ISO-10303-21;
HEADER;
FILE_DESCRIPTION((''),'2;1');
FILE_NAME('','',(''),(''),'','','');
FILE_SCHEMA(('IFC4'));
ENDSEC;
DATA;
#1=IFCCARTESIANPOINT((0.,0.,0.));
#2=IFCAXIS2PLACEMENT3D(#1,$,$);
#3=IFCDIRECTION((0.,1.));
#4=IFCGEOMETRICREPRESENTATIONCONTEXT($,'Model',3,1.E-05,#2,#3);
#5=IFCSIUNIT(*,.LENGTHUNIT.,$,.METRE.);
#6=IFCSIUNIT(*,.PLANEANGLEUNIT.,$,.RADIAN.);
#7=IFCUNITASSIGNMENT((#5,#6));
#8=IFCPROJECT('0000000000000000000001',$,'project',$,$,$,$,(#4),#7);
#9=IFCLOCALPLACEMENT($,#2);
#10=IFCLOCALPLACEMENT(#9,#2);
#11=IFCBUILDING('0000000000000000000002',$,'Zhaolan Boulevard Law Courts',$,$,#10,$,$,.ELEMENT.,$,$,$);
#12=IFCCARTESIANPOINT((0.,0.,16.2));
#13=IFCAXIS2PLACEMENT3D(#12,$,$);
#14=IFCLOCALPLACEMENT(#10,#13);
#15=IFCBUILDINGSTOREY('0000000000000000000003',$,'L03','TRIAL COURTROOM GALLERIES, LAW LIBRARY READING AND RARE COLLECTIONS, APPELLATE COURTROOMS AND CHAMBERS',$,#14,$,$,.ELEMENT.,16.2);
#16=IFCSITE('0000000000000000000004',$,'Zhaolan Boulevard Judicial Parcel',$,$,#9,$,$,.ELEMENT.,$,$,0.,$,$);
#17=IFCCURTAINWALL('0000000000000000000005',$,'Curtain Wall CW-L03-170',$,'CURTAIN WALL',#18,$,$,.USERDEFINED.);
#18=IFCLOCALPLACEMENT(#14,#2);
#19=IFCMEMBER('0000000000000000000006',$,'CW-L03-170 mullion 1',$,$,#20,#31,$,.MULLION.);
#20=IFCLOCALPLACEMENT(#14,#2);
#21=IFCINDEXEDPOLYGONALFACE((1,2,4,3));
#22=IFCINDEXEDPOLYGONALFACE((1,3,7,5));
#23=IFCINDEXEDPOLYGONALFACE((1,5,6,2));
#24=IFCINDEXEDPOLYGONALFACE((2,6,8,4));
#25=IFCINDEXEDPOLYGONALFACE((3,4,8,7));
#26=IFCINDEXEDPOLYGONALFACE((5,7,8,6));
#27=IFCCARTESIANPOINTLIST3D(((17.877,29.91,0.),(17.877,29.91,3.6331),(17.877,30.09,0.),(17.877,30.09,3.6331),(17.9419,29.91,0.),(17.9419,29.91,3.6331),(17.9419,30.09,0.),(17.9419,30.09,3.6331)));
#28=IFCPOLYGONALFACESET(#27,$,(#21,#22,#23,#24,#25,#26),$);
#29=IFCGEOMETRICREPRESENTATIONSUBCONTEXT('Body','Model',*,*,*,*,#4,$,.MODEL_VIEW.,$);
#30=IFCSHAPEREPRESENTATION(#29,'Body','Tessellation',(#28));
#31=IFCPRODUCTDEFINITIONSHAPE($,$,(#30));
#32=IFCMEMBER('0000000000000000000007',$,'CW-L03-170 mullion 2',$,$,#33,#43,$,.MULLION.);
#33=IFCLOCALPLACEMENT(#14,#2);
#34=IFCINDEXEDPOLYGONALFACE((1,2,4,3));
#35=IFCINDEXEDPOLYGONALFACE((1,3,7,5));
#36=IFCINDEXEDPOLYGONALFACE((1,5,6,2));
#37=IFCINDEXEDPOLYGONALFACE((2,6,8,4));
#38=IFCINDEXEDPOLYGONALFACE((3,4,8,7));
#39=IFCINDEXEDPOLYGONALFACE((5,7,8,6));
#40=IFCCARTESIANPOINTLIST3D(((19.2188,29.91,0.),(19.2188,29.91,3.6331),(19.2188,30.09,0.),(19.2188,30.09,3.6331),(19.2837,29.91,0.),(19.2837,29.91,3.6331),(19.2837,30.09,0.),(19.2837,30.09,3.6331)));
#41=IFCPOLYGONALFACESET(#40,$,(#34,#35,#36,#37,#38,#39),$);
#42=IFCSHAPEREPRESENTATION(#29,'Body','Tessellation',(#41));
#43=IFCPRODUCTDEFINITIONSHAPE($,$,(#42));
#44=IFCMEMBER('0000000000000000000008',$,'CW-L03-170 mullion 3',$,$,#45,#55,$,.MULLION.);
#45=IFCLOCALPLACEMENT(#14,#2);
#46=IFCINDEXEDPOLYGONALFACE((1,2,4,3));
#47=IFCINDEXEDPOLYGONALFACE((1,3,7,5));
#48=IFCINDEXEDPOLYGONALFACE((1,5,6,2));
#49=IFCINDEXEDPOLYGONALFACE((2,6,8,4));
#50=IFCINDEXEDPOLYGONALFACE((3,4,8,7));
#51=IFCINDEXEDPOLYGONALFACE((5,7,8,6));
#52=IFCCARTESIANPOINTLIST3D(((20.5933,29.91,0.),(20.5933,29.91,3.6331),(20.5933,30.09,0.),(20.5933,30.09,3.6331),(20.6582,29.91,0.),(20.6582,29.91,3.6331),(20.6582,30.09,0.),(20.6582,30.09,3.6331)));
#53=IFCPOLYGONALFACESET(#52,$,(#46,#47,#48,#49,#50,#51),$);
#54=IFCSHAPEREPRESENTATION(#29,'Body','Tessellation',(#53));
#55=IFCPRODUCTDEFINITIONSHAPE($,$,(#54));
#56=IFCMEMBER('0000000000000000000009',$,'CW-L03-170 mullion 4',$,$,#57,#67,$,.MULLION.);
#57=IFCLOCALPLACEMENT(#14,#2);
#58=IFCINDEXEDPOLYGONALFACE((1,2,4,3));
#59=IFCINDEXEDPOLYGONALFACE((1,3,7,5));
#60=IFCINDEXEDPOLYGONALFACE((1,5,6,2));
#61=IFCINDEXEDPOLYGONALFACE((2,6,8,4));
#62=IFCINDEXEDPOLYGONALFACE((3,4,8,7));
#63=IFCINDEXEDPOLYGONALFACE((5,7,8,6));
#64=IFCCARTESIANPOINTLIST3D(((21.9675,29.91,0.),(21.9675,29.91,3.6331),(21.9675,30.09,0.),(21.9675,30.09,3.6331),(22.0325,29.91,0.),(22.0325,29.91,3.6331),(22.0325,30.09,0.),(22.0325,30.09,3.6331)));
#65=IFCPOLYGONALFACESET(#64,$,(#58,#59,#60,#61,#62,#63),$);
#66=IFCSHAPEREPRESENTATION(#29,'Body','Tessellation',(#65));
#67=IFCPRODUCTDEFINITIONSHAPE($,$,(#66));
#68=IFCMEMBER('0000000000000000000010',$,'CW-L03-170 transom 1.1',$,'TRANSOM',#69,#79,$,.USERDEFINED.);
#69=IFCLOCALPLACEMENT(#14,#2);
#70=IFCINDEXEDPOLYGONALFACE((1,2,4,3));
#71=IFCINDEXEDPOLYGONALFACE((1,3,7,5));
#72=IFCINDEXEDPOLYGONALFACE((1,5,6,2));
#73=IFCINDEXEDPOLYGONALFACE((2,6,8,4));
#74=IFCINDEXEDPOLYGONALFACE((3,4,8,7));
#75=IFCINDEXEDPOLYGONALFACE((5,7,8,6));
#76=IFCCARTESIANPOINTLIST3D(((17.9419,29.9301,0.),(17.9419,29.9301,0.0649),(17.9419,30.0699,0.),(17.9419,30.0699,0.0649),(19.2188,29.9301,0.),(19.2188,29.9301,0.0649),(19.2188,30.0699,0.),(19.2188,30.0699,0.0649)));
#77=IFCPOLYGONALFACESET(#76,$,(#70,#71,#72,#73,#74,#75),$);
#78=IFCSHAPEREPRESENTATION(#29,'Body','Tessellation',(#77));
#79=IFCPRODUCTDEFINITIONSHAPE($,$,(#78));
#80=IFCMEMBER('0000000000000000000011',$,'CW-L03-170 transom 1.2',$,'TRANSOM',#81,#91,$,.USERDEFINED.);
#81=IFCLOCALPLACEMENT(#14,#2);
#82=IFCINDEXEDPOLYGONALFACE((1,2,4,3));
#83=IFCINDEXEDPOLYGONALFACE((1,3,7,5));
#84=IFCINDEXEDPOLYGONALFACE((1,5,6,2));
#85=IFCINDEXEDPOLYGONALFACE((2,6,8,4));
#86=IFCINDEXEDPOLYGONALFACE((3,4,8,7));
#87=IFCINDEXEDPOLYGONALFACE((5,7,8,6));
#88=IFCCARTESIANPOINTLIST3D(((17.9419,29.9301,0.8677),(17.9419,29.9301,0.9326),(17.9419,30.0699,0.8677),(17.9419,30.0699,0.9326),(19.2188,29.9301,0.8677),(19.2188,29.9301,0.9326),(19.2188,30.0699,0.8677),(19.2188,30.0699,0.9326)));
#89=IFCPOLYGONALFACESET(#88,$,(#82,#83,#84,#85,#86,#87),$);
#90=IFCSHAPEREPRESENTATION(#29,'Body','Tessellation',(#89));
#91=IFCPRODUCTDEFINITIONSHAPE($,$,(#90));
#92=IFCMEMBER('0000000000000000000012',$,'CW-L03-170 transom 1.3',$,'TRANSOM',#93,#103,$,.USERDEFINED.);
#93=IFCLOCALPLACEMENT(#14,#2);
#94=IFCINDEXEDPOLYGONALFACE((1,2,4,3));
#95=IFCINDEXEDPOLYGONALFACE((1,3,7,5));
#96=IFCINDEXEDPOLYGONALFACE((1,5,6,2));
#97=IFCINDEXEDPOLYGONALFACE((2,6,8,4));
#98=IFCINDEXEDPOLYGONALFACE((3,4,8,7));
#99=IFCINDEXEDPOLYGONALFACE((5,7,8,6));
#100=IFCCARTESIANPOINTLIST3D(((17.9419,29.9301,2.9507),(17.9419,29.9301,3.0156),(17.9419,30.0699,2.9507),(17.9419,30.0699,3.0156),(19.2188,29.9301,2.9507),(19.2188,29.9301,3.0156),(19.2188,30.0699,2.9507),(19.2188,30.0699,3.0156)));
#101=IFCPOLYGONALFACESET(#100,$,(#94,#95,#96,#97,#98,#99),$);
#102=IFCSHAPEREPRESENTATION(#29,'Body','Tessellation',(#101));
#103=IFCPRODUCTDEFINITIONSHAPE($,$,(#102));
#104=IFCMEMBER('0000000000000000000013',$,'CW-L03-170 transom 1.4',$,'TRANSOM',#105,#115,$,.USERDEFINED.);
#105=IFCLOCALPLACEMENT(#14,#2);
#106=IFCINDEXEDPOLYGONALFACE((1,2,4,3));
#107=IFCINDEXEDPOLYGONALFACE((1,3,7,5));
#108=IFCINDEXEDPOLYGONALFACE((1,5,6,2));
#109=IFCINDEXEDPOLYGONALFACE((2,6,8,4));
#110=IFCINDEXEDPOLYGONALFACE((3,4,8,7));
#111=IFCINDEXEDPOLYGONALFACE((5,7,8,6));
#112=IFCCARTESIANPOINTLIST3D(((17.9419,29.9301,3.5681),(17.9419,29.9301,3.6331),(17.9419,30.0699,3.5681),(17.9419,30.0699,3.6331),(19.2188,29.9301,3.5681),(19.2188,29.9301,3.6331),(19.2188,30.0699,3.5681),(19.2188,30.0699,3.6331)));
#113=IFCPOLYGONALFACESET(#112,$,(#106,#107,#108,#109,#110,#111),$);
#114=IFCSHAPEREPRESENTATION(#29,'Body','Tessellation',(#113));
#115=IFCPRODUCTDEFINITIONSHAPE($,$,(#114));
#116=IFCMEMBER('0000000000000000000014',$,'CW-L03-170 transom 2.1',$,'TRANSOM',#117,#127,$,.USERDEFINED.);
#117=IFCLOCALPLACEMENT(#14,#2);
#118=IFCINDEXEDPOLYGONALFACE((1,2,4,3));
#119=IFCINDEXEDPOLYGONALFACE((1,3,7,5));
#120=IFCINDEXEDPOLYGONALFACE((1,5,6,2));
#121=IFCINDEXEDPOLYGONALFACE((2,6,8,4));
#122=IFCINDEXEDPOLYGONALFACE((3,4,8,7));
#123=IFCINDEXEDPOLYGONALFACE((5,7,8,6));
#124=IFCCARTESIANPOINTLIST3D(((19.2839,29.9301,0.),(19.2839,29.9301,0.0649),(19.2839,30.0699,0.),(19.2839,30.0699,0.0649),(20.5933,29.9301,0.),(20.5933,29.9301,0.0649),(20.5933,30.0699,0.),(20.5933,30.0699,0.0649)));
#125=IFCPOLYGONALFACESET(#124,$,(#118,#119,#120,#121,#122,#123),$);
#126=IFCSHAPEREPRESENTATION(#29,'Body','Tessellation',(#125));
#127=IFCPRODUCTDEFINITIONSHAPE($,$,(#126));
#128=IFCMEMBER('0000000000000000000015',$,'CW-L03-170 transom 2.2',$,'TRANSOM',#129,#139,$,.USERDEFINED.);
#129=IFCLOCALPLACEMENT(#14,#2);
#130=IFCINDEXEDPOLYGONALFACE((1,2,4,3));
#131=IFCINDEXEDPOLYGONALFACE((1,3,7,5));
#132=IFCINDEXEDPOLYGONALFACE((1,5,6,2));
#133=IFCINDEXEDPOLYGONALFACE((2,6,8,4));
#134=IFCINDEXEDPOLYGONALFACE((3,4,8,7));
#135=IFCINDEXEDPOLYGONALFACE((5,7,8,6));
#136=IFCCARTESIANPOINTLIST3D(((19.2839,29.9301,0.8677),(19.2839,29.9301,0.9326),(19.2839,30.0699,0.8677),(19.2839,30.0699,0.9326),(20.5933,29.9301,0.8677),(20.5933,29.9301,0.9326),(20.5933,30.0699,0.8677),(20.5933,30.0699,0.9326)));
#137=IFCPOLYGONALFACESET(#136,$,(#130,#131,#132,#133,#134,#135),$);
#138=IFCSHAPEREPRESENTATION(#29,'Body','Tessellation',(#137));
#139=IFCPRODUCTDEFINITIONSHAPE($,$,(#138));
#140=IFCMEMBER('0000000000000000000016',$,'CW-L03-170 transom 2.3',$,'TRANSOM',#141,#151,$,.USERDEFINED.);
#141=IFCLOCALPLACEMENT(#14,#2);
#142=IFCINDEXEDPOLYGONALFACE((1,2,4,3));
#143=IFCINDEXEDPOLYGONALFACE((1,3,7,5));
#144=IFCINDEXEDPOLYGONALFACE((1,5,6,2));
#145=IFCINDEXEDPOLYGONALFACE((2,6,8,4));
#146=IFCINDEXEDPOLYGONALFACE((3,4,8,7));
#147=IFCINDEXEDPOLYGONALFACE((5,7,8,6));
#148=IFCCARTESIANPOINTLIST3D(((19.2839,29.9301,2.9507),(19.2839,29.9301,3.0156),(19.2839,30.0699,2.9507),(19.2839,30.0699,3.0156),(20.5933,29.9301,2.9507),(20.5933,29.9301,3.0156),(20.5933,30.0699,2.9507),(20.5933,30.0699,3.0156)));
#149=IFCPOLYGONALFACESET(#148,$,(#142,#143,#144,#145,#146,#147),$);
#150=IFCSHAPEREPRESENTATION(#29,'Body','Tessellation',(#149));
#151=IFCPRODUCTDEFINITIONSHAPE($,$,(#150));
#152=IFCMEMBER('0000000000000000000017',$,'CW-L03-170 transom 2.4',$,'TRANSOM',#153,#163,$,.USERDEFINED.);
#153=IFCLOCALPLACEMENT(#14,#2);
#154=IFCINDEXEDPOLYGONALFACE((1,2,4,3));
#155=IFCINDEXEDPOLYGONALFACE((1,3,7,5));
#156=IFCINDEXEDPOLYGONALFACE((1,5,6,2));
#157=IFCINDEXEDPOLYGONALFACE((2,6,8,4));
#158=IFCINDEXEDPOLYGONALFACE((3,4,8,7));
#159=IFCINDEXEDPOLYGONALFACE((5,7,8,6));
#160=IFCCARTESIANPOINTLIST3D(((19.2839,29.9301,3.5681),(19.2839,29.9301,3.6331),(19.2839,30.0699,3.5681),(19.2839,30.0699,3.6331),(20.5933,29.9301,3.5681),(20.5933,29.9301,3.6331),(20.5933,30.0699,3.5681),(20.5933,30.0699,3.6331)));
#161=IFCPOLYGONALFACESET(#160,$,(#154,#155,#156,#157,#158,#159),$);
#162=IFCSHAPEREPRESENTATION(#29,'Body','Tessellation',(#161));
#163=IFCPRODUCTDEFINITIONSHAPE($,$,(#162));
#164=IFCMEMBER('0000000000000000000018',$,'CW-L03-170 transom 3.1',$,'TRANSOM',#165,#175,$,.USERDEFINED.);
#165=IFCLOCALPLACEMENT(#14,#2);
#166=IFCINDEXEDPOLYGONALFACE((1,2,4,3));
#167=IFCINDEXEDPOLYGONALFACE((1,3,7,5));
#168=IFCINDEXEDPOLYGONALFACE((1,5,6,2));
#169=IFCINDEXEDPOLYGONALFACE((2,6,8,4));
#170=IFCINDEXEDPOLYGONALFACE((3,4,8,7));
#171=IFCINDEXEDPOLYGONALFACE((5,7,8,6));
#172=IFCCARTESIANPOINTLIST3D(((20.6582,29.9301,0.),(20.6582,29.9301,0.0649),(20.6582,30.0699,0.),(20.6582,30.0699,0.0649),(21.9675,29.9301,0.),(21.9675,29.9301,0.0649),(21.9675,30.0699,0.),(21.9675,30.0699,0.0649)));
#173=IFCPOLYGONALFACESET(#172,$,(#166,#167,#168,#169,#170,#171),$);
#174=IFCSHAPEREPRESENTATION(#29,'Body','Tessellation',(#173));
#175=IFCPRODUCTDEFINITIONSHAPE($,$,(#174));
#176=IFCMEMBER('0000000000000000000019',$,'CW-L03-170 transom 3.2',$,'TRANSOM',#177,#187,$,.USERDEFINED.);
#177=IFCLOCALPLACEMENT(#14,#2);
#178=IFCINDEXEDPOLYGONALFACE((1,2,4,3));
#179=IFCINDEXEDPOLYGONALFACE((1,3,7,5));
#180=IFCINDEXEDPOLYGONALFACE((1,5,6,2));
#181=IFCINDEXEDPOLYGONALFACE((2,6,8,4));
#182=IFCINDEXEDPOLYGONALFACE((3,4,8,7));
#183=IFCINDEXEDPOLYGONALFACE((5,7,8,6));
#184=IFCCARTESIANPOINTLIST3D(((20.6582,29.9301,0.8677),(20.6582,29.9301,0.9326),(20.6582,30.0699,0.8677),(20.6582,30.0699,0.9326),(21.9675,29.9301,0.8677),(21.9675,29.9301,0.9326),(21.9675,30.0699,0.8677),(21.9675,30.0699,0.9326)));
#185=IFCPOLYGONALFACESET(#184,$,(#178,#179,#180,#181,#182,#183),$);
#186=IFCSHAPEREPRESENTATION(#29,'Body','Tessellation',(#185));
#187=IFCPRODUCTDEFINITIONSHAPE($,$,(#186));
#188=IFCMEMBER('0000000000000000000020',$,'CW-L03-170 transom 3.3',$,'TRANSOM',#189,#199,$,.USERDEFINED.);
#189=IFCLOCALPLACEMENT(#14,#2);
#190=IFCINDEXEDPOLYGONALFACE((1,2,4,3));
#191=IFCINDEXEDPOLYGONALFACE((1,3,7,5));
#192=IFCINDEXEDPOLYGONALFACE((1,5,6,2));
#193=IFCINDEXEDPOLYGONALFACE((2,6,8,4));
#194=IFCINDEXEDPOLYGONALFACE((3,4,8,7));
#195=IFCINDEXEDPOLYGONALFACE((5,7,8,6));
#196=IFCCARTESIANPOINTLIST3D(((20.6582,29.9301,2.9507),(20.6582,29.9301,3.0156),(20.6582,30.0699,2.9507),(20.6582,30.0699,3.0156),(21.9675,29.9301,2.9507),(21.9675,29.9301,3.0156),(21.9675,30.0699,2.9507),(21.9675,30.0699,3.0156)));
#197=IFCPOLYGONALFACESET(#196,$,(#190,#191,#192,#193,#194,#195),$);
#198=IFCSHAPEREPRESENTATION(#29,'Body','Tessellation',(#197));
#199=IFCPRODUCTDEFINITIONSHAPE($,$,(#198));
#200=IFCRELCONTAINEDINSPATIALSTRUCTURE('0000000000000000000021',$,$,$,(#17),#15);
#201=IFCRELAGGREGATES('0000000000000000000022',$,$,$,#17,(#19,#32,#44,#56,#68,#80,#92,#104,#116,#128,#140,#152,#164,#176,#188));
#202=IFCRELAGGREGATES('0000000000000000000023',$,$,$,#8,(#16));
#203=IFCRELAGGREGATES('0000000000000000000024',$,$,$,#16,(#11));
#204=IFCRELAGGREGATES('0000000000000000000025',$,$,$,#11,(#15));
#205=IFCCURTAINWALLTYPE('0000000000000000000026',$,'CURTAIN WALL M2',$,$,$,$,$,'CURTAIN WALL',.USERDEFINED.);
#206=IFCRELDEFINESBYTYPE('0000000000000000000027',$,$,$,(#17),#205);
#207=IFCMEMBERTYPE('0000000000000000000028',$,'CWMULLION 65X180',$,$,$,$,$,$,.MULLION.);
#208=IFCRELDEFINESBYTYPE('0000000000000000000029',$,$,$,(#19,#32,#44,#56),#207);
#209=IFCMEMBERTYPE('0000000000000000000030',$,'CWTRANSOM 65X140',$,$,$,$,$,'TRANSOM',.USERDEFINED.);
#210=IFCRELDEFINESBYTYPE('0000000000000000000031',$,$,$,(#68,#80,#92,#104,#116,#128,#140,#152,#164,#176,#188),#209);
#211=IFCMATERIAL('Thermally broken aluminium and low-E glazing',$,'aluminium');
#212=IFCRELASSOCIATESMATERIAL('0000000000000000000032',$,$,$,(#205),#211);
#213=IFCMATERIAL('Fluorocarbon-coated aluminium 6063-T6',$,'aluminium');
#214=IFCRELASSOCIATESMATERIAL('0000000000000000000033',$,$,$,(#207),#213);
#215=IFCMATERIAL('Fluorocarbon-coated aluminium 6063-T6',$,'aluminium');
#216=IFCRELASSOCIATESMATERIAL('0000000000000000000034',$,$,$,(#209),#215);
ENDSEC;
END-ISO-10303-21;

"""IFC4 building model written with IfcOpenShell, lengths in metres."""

from ifc_helpers import new_model, si_unit, direction, frame, origin, origin_2d, place, context, subcontext, project, spatial, rectangle, extrude, material, material_profile, profile_set, type_object, element, aggregate, save


model = new_model("IFC4")

# Units and contexts
model_context = context("Model", 3, precision=1e-05, world=origin(), true_north=direction((0.0, 1.0)))
body_context = subcontext(model_context, "Body", "Model", "MODEL_VIEW")
ifc_project = project(units=[si_unit("LENGTHUNIT", "METRE"), si_unit("PLANEANGLEUNIT", "RADIAN")], contexts=[model_context])

# Site, building, storey
site_placement = place(None, origin())
site = spatial("IfcSite", under=ifc_project, at=site_placement, Name="Zhaolan Boulevard Judicial Parcel", CompositionType="ELEMENT", RefElevation=0.0)
building_placement = place(site_placement, origin())
building = spatial("IfcBuilding", under=site, at=building_placement, Name="Zhaolan Boulevard Law Courts", CompositionType="ELEMENT")
storey_placement = place(building_placement, frame((0.0, 0.0, 16.2)))
storey = spatial("IfcBuildingStorey", under=building, at=storey_placement, Name="L03", Description="TRIAL COURTROOM GALLERIES, LAW LIBRARY READING AND RARE COLLECTIONS, APPELLATE COURTROOMS AND CHAMBERS", CompositionType="ELEMENT", Elevation=16.2)

# Curtain wall, members
ifc_material_1 = material(Name="Thermally broken aluminium and low-E glazing", Category="aluminium")
curtain_wall_type = type_object("IfcCurtainWallType", Name="CURTAIN WALL M2", ElementType="CURTAIN WALL", PredefinedType="USERDEFINED", material=ifc_material_1)
curtain_wall_placement = place(storey_placement, origin())
curtain_wall = element("IfcCurtainWall", 1, at=curtain_wall_placement, inside=storey, type_object=curtain_wall_type, Name="Curtain Wall CW-L03-170", ObjectType="CURTAIN WALL", PredefinedType="USERDEFINED")
ifc_material_2 = material(Name="Fluorocarbon-coated aluminium 6063-T6", Category="aluminium")
ifc_material_profile_1 = material_profile(ifc_material_2, rectangle(XDim=0.1799, YDim=0.0649, at=origin_2d()), Name="AL65x180")
ifc_profile_set_1 = profile_set([ifc_material_profile_1], Name="Fluorocarbon-coated aluminium 6063-T6")
member_type_1 = type_object("IfcMemberType", Name="CWMULLION 65X180", PredefinedType="MULLION", material=ifc_profile_set_1)
member_1_placement = place(storey_placement, frame((17.9094, 30.0, 0.0), z_axis=(0.0, 0.0, 1.0), x_axis=(0.0, 1.0, 0.0)))
member_1 = element("IfcMember", 2, at=member_1_placement, type_object=member_type_1, Name="CW-L03-170 mullion 1", PredefinedType="MULLION", context=body_context, shape_type="SweptSolid", body=[
    extrude(rectangle(XDim=0.1799, YDim=0.0649, at=origin_2d()), origin(), (0.0, 0.0, 1.0), 3.6331),
])
member_2_placement = place(storey_placement, frame((19.2512, 30.0, 0.0), z_axis=(0.0, 0.0, 1.0), x_axis=(0.0, 1.0, 0.0)))
member_2 = element("IfcMember", 3, at=member_2_placement, type_object=member_type_1, Name="CW-L03-170 mullion 2", PredefinedType="MULLION", context=body_context, shape_type="SweptSolid", body=[
    extrude(rectangle(XDim=0.1799, YDim=0.0649, at=origin_2d()), origin(), (0.0, 0.0, 1.0), 3.6331),
])
member_3_placement = place(storey_placement, frame((20.6257, 30.0, 0.0), z_axis=(0.0, 0.0, 1.0), x_axis=(0.0, 1.0, 0.0)))
member_3 = element("IfcMember", 4, at=member_3_placement, type_object=member_type_1, Name="CW-L03-170 mullion 3", PredefinedType="MULLION", context=body_context, shape_type="SweptSolid", body=[
    extrude(rectangle(XDim=0.1799, YDim=0.0649, at=origin_2d()), origin(), (0.0, 0.0, 1.0), 3.6331),
])
member_4_placement = place(storey_placement, frame((22.0, 30.0, 0.0), z_axis=(0.0, 0.0, 1.0), x_axis=(0.0, 1.0, 0.0)))
member_4 = element("IfcMember", 5, at=member_4_placement, type_object=member_type_1, Name="CW-L03-170 mullion 4", PredefinedType="MULLION", context=body_context, shape_type="SweptSolid", body=[
    extrude(rectangle(XDim=0.1799, YDim=0.0649, at=origin_2d()), origin(), (0.0, 0.0, 1.0), 3.6331),
])
ifc_material_3 = material(Name="Fluorocarbon-coated aluminium 6063-T6", Category="aluminium")
ifc_material_profile_2 = material_profile(ifc_material_3, rectangle(XDim=0.1399, YDim=0.0649, at=origin_2d()), Name="AL65x140")
ifc_profile_set_2 = profile_set([ifc_material_profile_2], Name="Fluorocarbon-coated aluminium 6063-T6")
member_type_2 = type_object("IfcMemberType", Name="CWTRANSOM 65X140", ElementType="TRANSOM", PredefinedType="USERDEFINED", material=ifc_profile_set_2)
member_5_placement = place(storey_placement, frame((17.9419, 30.0, 0.0325), z_axis=(1.0, 0.0, 0.0), x_axis=(0.0, 1.0, 0.0)))
member_5 = element("IfcMember", 6, at=member_5_placement, type_object=member_type_2, Name="CW-L03-170 transom 1.1", ObjectType="TRANSOM", PredefinedType="USERDEFINED", context=body_context, shape_type="SweptSolid", body=[
    extrude(rectangle(XDim=0.1399, YDim=0.0649, at=origin_2d()), origin(), (0.0, 0.0, 1.0), 1.2769),
])
member_6_placement = place(storey_placement, frame((17.9419, 30.0, 0.9001), z_axis=(1.0, 0.0, 0.0), x_axis=(0.0, 1.0, 0.0)))
member_6 = element("IfcMember", 7, at=member_6_placement, type_object=member_type_2, Name="CW-L03-170 transom 1.2", ObjectType="TRANSOM", PredefinedType="USERDEFINED", context=body_context, shape_type="SweptSolid", body=[
    extrude(rectangle(XDim=0.1399, YDim=0.0649, at=origin_2d()), origin(), (0.0, 0.0, 1.0), 1.2769),
])
member_7_placement = place(storey_placement, frame((17.9419, 30.0, 2.9832), z_axis=(1.0, 0.0, 0.0), x_axis=(0.0, 1.0, 0.0)))
member_7 = element("IfcMember", 8, at=member_7_placement, type_object=member_type_2, Name="CW-L03-170 transom 1.3", ObjectType="TRANSOM", PredefinedType="USERDEFINED", context=body_context, shape_type="SweptSolid", body=[
    extrude(rectangle(XDim=0.1399, YDim=0.0649, at=origin_2d()), origin(), (0.0, 0.0, 1.0), 1.2769),
])
member_8_placement = place(storey_placement, frame((17.9419, 30.0, 3.6006), z_axis=(1.0, 0.0, 0.0), x_axis=(0.0, 1.0, 0.0)))
member_8 = element("IfcMember", 9, at=member_8_placement, type_object=member_type_2, Name="CW-L03-170 transom 1.4", ObjectType="TRANSOM", PredefinedType="USERDEFINED", context=body_context, shape_type="SweptSolid", body=[
    extrude(rectangle(XDim=0.1399, YDim=0.0649, at=origin_2d()), origin(), (0.0, 0.0, 1.0), 1.2769),
])
member_9_placement = place(storey_placement, frame((19.2839, 30.0, 0.0325), z_axis=(1.0, 0.0, 0.0), x_axis=(0.0, 1.0, 0.0)))
member_9 = element("IfcMember", 10, at=member_9_placement, type_object=member_type_2, Name="CW-L03-170 transom 2.1", ObjectType="TRANSOM", PredefinedType="USERDEFINED", context=body_context, shape_type="SweptSolid", body=[
    extrude(rectangle(XDim=0.1399, YDim=0.0649, at=origin_2d()), origin(), (0.0, 0.0, 1.0), 1.3093),
])
member_10_placement = place(storey_placement, frame((19.2839, 30.0, 0.9001), z_axis=(1.0, 0.0, 0.0), x_axis=(0.0, 1.0, 0.0)))
member_10 = element("IfcMember", 11, at=member_10_placement, type_object=member_type_2, Name="CW-L03-170 transom 2.2", ObjectType="TRANSOM", PredefinedType="USERDEFINED", context=body_context, shape_type="SweptSolid", body=[
    extrude(rectangle(XDim=0.1399, YDim=0.0649, at=origin_2d()), origin(), (0.0, 0.0, 1.0), 1.3093),
])
member_11_placement = place(storey_placement, frame((19.2839, 30.0, 2.9832), z_axis=(1.0, 0.0, 0.0), x_axis=(0.0, 1.0, 0.0)))
member_11 = element("IfcMember", 12, at=member_11_placement, type_object=member_type_2, Name="CW-L03-170 transom 2.3", ObjectType="TRANSOM", PredefinedType="USERDEFINED", context=body_context, shape_type="SweptSolid", body=[
    extrude(rectangle(XDim=0.1399, YDim=0.0649, at=origin_2d()), origin(), (0.0, 0.0, 1.0), 1.3093),
])
member_12_placement = place(storey_placement, frame((19.2839, 30.0, 3.6006), z_axis=(1.0, 0.0, 0.0), x_axis=(0.0, 1.0, 0.0)))
member_12 = element("IfcMember", 13, at=member_12_placement, type_object=member_type_2, Name="CW-L03-170 transom 2.4", ObjectType="TRANSOM", PredefinedType="USERDEFINED", context=body_context, shape_type="SweptSolid", body=[
    extrude(rectangle(XDim=0.1399, YDim=0.0649, at=origin_2d()), origin(), (0.0, 0.0, 1.0), 1.3093),
])
member_13_placement = place(storey_placement, frame((20.6582, 30.0, 0.0325), z_axis=(1.0, 0.0, 0.0), x_axis=(0.0, 1.0, 0.0)))
member_13 = element("IfcMember", 14, at=member_13_placement, type_object=member_type_2, Name="CW-L03-170 transom 3.1", ObjectType="TRANSOM", PredefinedType="USERDEFINED", context=body_context, shape_type="SweptSolid", body=[
    extrude(rectangle(XDim=0.1399, YDim=0.0649, at=origin_2d()), origin(), (0.0, 0.0, 1.0), 1.3093),
])
member_14_placement = place(storey_placement, frame((20.6582, 30.0, 0.9001), z_axis=(1.0, 0.0, 0.0), x_axis=(0.0, 1.0, 0.0)))
member_14 = element("IfcMember", 15, at=member_14_placement, type_object=member_type_2, Name="CW-L03-170 transom 3.2", ObjectType="TRANSOM", PredefinedType="USERDEFINED", context=body_context, shape_type="SweptSolid", body=[
    extrude(rectangle(XDim=0.1399, YDim=0.0649, at=origin_2d()), origin(), (0.0, 0.0, 1.0), 1.3093),
])
member_15_placement = place(storey_placement, frame((20.6582, 30.0, 2.9832), z_axis=(1.0, 0.0, 0.0), x_axis=(0.0, 1.0, 0.0)))
member_15 = element("IfcMember", 16, at=member_15_placement, type_object=member_type_2, Name="CW-L03-170 transom 3.3", ObjectType="TRANSOM", PredefinedType="USERDEFINED", context=body_context, shape_type="SweptSolid", body=[
    extrude(rectangle(XDim=0.1399, YDim=0.0649, at=origin_2d()), origin(), (0.0, 0.0, 1.0), 1.3093),
])

aggregate(curtain_wall, [member_1, member_2, member_3, member_4, member_5, member_6, member_7, member_8, member_9, member_10, member_11, member_12, member_13, member_14, member_15])

save(model, "model.ifc")
